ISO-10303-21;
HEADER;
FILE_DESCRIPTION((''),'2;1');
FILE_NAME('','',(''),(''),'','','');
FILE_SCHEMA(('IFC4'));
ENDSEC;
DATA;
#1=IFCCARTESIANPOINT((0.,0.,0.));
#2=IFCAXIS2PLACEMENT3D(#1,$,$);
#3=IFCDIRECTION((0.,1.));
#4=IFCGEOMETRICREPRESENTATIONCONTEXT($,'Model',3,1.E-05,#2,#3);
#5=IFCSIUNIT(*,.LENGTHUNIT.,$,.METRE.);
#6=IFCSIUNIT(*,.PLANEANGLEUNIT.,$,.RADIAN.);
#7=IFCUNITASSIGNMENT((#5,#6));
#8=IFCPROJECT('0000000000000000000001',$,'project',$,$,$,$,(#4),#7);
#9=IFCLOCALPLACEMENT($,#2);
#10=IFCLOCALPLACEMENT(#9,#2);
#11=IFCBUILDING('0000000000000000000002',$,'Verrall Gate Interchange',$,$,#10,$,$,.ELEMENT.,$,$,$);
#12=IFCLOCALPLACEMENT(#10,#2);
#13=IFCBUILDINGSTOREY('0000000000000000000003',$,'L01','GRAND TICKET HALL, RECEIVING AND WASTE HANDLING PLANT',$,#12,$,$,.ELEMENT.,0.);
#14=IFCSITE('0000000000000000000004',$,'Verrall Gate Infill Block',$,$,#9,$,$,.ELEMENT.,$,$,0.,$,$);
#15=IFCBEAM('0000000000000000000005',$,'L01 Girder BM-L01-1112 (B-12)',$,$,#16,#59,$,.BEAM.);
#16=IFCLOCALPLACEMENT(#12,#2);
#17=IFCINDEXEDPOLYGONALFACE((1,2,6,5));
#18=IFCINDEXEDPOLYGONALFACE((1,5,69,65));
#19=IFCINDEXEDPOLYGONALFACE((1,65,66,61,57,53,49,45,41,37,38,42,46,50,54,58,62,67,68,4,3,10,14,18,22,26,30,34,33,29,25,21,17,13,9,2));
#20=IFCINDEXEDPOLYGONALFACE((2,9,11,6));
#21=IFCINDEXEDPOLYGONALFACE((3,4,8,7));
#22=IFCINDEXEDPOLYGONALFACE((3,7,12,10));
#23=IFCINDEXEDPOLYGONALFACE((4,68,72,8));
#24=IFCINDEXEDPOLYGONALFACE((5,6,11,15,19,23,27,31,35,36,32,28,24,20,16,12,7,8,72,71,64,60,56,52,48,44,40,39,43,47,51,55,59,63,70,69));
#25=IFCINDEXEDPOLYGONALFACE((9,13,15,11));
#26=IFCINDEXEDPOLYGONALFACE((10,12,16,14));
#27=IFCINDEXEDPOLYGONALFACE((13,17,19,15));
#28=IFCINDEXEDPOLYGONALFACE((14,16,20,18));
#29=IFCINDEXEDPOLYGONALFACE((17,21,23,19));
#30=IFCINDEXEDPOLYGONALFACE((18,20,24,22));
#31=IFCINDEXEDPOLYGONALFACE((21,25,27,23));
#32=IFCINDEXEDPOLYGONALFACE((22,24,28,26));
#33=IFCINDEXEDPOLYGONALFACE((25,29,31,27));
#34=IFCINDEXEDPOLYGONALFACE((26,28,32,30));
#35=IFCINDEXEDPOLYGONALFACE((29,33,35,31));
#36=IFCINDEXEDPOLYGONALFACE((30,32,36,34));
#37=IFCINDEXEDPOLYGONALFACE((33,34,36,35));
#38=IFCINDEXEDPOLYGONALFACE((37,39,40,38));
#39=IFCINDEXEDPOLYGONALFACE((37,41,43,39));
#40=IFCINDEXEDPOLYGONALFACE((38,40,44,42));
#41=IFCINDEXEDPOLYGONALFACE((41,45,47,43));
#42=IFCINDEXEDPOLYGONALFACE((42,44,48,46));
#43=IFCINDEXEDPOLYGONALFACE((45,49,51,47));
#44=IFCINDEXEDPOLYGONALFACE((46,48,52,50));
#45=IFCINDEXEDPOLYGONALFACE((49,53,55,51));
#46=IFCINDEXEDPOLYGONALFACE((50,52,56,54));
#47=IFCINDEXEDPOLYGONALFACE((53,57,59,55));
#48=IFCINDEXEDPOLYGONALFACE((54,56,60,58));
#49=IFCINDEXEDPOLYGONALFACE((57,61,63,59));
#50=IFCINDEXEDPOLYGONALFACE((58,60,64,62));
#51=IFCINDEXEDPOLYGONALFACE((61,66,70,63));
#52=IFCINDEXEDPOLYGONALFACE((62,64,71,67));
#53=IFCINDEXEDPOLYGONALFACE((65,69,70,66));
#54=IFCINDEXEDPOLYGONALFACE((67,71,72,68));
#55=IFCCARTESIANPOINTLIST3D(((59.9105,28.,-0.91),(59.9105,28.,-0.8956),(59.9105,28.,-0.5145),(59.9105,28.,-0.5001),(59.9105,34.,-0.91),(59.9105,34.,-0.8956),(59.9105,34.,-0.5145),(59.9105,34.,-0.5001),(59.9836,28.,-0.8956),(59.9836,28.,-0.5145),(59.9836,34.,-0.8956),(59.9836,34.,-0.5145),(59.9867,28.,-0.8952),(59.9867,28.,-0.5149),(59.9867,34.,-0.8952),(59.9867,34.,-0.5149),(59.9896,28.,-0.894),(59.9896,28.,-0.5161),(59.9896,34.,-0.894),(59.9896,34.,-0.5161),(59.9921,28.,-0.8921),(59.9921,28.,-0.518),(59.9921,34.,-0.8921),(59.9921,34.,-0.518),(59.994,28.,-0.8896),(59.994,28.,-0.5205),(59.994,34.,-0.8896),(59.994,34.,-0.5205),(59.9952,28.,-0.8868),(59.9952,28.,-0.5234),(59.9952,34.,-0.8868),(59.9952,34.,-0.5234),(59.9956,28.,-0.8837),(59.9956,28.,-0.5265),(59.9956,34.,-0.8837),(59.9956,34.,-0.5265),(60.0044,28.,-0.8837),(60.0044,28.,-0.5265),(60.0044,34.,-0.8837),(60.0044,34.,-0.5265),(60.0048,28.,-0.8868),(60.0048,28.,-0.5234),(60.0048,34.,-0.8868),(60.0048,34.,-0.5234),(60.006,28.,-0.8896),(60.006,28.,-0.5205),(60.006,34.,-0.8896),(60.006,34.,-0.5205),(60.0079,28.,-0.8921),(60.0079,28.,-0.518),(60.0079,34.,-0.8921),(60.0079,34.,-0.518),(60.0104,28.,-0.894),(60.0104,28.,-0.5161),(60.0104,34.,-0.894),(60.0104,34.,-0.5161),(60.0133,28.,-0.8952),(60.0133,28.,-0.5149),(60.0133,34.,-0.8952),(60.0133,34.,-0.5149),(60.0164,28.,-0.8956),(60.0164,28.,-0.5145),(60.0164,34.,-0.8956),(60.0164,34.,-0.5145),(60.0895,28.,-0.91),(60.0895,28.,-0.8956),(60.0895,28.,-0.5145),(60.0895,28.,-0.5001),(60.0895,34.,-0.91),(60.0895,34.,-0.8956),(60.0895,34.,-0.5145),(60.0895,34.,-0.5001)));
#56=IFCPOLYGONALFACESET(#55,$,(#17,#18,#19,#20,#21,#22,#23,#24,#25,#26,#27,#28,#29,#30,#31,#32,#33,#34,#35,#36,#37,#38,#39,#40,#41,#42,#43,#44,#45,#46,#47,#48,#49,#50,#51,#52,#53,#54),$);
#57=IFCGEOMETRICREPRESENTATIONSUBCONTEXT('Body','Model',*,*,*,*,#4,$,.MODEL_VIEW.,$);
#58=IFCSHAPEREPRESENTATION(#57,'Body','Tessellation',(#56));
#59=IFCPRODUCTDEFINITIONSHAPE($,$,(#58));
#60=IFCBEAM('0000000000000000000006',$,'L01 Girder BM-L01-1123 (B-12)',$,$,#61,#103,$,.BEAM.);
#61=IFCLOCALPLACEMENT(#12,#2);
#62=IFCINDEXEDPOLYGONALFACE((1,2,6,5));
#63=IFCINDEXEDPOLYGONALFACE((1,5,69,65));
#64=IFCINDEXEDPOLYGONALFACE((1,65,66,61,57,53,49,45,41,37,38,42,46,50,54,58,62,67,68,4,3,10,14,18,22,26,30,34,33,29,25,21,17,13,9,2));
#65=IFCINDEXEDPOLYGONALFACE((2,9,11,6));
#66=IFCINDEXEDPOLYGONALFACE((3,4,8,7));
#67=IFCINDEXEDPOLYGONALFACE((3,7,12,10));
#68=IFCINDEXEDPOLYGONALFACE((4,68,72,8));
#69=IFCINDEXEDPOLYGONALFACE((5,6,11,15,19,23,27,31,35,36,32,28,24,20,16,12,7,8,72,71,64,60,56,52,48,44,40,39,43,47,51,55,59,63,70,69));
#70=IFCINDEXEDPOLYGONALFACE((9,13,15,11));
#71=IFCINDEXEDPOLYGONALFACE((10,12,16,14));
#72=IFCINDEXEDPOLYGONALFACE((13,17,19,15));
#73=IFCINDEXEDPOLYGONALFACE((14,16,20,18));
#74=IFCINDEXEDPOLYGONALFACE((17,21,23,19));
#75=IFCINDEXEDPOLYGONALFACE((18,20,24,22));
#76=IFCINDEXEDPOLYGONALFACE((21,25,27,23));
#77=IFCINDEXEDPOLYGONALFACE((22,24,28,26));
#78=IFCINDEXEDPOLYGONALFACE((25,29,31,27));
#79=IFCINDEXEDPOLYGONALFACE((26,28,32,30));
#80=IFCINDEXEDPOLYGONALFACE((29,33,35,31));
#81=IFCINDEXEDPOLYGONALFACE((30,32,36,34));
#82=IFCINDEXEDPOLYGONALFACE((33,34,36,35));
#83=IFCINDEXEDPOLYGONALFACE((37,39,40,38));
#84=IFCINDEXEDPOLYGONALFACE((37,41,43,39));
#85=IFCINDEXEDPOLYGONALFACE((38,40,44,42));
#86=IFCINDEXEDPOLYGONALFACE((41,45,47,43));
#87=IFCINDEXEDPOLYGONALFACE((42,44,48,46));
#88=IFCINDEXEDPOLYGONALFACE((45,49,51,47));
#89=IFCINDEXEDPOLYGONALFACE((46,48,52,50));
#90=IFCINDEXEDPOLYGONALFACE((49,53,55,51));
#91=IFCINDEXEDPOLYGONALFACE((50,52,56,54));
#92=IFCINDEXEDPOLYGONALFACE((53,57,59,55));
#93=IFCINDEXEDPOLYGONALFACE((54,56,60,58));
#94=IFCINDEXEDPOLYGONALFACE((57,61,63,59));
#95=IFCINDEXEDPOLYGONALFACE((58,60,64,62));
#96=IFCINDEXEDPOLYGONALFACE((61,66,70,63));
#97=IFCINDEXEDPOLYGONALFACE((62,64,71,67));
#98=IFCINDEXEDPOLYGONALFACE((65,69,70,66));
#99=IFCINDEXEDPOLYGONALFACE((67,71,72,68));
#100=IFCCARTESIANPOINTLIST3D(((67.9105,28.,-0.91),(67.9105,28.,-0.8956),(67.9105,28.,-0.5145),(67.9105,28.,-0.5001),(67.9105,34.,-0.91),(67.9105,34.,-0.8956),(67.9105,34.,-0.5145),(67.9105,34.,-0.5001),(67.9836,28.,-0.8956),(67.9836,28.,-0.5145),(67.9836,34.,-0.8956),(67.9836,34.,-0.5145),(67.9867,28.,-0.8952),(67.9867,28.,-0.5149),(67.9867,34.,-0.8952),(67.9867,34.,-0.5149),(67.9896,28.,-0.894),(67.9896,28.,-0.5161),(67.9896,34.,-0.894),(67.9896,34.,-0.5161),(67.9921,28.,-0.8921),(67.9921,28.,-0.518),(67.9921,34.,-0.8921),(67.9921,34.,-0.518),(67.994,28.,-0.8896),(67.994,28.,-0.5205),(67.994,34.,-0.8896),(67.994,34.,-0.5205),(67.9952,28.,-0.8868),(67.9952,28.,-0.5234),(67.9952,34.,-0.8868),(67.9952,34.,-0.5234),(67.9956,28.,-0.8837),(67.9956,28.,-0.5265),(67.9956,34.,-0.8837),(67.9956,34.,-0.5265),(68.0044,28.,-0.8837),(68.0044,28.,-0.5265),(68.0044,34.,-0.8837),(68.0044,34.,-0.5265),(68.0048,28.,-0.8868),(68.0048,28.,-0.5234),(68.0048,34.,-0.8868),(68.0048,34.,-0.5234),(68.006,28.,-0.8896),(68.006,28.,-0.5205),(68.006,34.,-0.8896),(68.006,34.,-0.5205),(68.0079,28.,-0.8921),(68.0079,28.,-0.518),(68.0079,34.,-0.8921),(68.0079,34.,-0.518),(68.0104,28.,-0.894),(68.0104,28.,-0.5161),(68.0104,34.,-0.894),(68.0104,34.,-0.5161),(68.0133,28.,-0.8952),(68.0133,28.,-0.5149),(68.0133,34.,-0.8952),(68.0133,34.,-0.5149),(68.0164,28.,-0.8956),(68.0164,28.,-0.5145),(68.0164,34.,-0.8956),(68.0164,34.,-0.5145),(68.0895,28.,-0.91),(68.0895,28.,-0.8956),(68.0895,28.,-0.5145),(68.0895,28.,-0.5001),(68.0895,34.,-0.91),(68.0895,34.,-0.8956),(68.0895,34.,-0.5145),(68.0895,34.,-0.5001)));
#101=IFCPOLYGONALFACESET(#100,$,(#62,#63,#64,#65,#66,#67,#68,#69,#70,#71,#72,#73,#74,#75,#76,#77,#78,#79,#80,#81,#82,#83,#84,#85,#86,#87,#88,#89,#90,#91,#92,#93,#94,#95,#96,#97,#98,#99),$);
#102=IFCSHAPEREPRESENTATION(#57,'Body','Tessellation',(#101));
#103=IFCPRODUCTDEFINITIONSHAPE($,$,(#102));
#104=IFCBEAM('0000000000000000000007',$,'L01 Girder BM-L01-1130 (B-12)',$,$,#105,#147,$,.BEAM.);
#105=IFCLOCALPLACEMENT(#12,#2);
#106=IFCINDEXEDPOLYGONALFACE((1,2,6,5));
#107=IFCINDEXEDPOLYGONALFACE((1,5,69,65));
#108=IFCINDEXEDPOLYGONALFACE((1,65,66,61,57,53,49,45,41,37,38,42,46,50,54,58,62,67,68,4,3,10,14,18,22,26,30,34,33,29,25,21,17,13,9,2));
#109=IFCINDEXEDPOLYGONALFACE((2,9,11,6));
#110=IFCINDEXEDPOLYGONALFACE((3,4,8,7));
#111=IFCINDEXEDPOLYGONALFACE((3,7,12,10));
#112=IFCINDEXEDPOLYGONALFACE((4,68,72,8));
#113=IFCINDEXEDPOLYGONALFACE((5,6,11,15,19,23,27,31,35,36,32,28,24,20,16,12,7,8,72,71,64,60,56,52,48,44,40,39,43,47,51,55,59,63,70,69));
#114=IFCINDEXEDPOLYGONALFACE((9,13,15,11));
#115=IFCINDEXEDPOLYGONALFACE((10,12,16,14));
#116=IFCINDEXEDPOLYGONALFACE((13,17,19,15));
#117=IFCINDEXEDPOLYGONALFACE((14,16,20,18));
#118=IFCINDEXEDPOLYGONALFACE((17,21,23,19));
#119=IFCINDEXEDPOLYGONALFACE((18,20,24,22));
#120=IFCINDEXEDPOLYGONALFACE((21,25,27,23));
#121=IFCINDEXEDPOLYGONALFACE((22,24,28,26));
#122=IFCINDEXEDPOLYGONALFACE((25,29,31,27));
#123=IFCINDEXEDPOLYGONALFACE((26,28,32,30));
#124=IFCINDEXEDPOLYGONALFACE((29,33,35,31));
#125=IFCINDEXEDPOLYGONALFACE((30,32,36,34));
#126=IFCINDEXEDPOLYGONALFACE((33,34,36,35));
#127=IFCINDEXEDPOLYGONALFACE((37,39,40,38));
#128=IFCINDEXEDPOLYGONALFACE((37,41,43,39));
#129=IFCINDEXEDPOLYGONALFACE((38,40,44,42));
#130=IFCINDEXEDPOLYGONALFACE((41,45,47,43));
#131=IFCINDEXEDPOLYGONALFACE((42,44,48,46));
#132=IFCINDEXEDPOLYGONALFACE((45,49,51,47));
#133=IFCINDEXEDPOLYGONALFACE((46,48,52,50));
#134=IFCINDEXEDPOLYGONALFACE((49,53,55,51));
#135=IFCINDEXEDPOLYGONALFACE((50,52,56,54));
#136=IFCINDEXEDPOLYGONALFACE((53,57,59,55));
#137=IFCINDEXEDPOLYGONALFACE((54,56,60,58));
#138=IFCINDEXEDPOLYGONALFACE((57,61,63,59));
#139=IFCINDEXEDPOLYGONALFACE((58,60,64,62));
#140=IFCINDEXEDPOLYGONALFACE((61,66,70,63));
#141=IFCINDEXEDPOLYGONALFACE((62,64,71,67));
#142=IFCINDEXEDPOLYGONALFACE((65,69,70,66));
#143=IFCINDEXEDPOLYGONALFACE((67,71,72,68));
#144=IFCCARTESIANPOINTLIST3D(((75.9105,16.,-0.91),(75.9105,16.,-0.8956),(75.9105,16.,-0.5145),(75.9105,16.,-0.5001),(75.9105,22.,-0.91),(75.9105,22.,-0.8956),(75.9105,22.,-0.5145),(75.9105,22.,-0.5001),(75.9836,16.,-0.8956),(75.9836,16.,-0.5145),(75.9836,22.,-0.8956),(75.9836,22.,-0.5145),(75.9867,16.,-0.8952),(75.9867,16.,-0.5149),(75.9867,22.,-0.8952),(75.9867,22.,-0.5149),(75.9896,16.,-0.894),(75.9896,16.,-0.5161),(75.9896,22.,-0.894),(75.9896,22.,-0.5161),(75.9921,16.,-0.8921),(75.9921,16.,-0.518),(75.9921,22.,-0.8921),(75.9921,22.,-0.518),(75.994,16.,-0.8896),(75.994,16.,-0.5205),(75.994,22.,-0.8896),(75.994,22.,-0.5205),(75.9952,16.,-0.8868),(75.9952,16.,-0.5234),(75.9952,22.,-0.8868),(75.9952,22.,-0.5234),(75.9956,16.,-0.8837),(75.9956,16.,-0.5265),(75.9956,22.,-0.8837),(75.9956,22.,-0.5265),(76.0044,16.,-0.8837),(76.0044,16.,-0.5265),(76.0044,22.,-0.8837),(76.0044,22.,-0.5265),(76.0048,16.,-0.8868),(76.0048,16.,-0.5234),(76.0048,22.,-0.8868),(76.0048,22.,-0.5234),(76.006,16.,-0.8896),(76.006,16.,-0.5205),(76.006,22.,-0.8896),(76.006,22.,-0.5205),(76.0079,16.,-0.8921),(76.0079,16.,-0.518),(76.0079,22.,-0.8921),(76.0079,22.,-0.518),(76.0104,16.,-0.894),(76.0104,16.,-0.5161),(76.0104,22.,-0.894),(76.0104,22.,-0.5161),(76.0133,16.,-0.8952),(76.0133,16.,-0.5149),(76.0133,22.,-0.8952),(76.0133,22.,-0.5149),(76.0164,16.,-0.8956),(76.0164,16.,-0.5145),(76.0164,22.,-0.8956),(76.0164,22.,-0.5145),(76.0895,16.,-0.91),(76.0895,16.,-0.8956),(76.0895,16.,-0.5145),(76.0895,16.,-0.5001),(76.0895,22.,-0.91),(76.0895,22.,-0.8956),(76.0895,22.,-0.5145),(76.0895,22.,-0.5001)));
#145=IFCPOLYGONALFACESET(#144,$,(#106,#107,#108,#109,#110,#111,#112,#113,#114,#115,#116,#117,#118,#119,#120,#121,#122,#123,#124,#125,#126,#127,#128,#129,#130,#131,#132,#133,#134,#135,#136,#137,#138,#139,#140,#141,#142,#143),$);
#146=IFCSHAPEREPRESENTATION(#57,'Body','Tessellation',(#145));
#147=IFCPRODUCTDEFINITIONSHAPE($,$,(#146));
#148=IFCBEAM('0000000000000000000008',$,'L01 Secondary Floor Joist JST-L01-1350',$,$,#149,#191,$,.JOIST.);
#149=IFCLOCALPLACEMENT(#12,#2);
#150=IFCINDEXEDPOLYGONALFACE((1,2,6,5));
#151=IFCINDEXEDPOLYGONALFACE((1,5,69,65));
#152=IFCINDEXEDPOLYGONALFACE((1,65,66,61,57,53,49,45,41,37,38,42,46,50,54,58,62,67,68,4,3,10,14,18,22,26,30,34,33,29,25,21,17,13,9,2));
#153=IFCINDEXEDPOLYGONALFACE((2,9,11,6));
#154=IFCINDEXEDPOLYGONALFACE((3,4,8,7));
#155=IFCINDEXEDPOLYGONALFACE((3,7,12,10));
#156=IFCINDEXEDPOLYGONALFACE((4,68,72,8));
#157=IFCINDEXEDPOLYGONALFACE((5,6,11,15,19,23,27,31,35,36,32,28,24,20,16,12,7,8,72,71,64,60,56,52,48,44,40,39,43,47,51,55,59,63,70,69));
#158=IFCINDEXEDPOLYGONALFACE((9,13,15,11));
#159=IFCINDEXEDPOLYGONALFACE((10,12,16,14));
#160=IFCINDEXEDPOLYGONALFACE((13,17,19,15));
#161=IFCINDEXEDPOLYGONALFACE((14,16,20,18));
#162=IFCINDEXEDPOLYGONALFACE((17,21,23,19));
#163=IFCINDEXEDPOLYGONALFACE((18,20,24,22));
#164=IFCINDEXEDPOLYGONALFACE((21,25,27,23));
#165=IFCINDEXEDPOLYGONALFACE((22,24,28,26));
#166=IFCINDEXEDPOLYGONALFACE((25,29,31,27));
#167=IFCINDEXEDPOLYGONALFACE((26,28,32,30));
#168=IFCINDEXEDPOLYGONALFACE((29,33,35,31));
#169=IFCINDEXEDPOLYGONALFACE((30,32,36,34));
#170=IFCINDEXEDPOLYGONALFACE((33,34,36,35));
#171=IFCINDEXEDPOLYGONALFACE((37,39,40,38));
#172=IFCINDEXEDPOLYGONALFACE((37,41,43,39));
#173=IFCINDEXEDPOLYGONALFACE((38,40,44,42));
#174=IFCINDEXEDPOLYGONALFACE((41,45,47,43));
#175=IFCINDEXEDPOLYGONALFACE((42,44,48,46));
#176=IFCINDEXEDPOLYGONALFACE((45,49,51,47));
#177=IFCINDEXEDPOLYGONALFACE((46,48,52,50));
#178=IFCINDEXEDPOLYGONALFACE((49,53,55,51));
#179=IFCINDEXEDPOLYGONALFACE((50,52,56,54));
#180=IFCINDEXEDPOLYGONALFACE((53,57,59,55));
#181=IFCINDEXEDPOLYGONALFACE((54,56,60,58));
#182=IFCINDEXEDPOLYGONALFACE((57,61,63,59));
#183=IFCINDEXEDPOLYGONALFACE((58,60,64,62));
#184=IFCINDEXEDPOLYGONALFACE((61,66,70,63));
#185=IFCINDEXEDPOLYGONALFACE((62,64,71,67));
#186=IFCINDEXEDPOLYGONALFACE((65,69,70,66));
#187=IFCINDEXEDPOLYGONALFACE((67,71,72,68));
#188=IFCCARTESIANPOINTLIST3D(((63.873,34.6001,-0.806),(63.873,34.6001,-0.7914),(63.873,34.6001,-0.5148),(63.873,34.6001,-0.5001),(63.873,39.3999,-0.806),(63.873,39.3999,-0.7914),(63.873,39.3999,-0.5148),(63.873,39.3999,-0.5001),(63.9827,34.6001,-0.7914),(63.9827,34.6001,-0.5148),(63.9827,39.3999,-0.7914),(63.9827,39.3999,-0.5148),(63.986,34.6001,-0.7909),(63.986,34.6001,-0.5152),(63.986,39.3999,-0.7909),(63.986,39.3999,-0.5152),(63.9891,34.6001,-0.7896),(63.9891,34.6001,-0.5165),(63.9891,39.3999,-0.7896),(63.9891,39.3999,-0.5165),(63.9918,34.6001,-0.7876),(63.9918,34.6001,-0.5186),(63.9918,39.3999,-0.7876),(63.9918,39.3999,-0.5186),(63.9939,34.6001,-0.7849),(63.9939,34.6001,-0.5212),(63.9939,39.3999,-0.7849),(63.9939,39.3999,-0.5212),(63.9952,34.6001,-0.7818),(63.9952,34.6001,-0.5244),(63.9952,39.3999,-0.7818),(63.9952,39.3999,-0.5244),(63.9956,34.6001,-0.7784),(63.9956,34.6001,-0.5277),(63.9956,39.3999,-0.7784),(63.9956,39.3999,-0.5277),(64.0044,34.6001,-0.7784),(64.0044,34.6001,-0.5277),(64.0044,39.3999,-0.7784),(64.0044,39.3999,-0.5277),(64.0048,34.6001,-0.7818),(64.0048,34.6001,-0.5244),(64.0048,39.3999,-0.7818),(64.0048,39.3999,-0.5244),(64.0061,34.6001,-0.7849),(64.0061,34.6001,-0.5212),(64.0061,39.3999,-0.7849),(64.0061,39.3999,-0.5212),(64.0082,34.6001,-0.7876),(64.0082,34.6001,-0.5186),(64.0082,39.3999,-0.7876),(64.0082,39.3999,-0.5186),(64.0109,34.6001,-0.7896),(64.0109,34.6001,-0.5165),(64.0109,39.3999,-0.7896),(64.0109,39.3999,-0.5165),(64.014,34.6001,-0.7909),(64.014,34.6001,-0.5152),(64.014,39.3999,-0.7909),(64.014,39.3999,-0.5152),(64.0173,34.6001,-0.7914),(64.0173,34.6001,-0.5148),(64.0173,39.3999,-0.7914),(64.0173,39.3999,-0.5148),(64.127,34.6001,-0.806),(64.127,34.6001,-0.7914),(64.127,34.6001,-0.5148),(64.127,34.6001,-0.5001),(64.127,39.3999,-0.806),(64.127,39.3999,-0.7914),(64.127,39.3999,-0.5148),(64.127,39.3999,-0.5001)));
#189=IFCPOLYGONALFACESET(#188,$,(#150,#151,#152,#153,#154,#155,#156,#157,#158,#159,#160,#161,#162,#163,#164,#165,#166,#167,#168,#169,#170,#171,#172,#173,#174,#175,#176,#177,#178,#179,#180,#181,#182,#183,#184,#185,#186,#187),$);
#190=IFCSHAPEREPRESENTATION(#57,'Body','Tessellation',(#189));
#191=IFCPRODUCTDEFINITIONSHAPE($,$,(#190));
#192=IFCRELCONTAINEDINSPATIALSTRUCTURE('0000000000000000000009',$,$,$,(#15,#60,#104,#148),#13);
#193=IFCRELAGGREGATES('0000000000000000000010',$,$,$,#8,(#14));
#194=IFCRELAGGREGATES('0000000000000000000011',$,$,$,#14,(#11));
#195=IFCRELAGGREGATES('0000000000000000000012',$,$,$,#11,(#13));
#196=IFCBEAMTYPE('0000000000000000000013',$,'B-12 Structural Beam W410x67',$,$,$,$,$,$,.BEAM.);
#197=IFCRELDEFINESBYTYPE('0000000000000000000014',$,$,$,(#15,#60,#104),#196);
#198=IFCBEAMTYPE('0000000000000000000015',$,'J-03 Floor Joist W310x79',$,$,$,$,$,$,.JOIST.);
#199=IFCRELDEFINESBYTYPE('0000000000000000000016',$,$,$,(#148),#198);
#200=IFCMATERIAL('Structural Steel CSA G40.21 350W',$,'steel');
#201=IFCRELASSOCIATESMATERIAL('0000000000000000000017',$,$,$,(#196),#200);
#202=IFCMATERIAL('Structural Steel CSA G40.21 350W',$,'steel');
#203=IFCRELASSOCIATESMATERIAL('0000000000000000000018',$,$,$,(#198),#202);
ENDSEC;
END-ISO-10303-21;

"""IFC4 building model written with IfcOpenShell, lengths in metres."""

from ifc_helpers import new_model, si_unit, direction, frame, origin, origin_2d, place, context, subcontext, project, spatial, i_section, extrude, material, material_profile, profile_set, type_object, element, save


model = new_model("IFC4")

# Units and contexts
model_context = context("Model", 3, precision=1e-05, world=origin(), true_north=direction((0.0, 1.0)))
body_context = subcontext(model_context, "Body", "Model", "MODEL_VIEW")
ifc_project = project(units=[si_unit("LENGTHUNIT", "METRE"), si_unit("PLANEANGLEUNIT", "RADIAN")], contexts=[model_context])

# Site, building, storey
site_placement = place(None, origin())
site = spatial("IfcSite", under=ifc_project, at=site_placement, Name="Verrall Gate Infill Block", CompositionType="ELEMENT", RefElevation=0.0)
building_placement = place(site_placement, origin())
building = spatial("IfcBuilding", under=site, at=building_placement, Name="Verrall Gate Interchange", CompositionType="ELEMENT")
storey_placement = place(building_placement, origin())
storey = spatial("IfcBuildingStorey", under=building, at=storey_placement, Name="L01", Description="GRAND TICKET HALL, RECEIVING AND WASTE HANDLING PLANT", CompositionType="ELEMENT", Elevation=0.0)

# Beams
ifc_material_1 = material(Name="Structural Steel CSA G40.21 350W", Category="steel")
ifc_material_profile_1 = material_profile(ifc_material_1, i_section(OverallWidth=0.179, OverallDepth=0.4099, WebThickness=0.0088, FlangeThickness=0.0144, FilletRadius=0.012, at=origin_2d()), Name="W410x67")
ifc_profile_set_1 = profile_set([ifc_material_profile_1], Name="Structural Steel CSA G40.21 350W")
beam_type_1 = type_object("IfcBeamType", Name="B-12 Structural Beam W410x67", PredefinedType="BEAM", material=ifc_profile_set_1)
for number, where, z_axis, x_axis, name in (
    (1, (60.0, 28.0, -0.7051), (0.0, 1.0, 0.0), (-1.0, 0.0, 0.0), "L01 Girder BM-L01-1112 (B-12)"),
    (2, (68.0, 28.0, -0.7051), (0.0, 1.0, 0.0), (-1.0, 0.0, 0.0), "L01 Girder BM-L01-1123 (B-12)"),
    (3, (76.0, 16.0, -0.7051), (0.0, 1.0, 0.0), (-1.0, 0.0, 0.0), "L01 Girder BM-L01-1130 (B-12)"),
):
    element("IfcBeam", number, at=place(storey_placement, frame(where, z_axis=z_axis, x_axis=x_axis)), inside=storey, type_object=beam_type_1, Name=name, PredefinedType="BEAM", context=body_context, shape_type="SweptSolid", body=[
        extrude(i_section(OverallWidth=0.179, OverallDepth=0.4099, WebThickness=0.0088, FlangeThickness=0.0144, FilletRadius=0.012, at=origin_2d()), origin(), (0.0, 0.0, 1.0), 6.0),
    ])
ifc_material_2 = material(Name="Structural Steel CSA G40.21 350W", Category="steel")
ifc_material_profile_2 = material_profile(ifc_material_2, i_section(OverallWidth=0.2539, OverallDepth=0.3059, WebThickness=0.0088, FlangeThickness=0.0146, FilletRadius=0.0129, at=origin_2d()), Name="W310x79")
ifc_profile_set_2 = profile_set([ifc_material_profile_2], Name="Structural Steel CSA G40.21 350W")
beam_type_2 = type_object("IfcBeamType", Name="J-03 Floor Joist W310x79", PredefinedType="JOIST", material=ifc_profile_set_2)
beam_1_placement = place(storey_placement, frame((64.0, 34.6001, -0.6531), z_axis=(0.0, 1.0, 0.0), x_axis=(-1.0, 0.0, 0.0)))
element("IfcBeam", 4, at=beam_1_placement, inside=storey, type_object=beam_type_2, Name="L01 Secondary Floor Joist JST-L01-1350", PredefinedType="JOIST", context=body_context, shape_type="SweptSolid", body=[
    extrude(i_section(OverallWidth=0.2539, OverallDepth=0.3059, WebThickness=0.0088, FlangeThickness=0.0146, FilletRadius=0.0129, at=origin_2d()), origin(), (0.0, 0.0, 1.0), 4.7998),
])

save(model, "model.ifc")
